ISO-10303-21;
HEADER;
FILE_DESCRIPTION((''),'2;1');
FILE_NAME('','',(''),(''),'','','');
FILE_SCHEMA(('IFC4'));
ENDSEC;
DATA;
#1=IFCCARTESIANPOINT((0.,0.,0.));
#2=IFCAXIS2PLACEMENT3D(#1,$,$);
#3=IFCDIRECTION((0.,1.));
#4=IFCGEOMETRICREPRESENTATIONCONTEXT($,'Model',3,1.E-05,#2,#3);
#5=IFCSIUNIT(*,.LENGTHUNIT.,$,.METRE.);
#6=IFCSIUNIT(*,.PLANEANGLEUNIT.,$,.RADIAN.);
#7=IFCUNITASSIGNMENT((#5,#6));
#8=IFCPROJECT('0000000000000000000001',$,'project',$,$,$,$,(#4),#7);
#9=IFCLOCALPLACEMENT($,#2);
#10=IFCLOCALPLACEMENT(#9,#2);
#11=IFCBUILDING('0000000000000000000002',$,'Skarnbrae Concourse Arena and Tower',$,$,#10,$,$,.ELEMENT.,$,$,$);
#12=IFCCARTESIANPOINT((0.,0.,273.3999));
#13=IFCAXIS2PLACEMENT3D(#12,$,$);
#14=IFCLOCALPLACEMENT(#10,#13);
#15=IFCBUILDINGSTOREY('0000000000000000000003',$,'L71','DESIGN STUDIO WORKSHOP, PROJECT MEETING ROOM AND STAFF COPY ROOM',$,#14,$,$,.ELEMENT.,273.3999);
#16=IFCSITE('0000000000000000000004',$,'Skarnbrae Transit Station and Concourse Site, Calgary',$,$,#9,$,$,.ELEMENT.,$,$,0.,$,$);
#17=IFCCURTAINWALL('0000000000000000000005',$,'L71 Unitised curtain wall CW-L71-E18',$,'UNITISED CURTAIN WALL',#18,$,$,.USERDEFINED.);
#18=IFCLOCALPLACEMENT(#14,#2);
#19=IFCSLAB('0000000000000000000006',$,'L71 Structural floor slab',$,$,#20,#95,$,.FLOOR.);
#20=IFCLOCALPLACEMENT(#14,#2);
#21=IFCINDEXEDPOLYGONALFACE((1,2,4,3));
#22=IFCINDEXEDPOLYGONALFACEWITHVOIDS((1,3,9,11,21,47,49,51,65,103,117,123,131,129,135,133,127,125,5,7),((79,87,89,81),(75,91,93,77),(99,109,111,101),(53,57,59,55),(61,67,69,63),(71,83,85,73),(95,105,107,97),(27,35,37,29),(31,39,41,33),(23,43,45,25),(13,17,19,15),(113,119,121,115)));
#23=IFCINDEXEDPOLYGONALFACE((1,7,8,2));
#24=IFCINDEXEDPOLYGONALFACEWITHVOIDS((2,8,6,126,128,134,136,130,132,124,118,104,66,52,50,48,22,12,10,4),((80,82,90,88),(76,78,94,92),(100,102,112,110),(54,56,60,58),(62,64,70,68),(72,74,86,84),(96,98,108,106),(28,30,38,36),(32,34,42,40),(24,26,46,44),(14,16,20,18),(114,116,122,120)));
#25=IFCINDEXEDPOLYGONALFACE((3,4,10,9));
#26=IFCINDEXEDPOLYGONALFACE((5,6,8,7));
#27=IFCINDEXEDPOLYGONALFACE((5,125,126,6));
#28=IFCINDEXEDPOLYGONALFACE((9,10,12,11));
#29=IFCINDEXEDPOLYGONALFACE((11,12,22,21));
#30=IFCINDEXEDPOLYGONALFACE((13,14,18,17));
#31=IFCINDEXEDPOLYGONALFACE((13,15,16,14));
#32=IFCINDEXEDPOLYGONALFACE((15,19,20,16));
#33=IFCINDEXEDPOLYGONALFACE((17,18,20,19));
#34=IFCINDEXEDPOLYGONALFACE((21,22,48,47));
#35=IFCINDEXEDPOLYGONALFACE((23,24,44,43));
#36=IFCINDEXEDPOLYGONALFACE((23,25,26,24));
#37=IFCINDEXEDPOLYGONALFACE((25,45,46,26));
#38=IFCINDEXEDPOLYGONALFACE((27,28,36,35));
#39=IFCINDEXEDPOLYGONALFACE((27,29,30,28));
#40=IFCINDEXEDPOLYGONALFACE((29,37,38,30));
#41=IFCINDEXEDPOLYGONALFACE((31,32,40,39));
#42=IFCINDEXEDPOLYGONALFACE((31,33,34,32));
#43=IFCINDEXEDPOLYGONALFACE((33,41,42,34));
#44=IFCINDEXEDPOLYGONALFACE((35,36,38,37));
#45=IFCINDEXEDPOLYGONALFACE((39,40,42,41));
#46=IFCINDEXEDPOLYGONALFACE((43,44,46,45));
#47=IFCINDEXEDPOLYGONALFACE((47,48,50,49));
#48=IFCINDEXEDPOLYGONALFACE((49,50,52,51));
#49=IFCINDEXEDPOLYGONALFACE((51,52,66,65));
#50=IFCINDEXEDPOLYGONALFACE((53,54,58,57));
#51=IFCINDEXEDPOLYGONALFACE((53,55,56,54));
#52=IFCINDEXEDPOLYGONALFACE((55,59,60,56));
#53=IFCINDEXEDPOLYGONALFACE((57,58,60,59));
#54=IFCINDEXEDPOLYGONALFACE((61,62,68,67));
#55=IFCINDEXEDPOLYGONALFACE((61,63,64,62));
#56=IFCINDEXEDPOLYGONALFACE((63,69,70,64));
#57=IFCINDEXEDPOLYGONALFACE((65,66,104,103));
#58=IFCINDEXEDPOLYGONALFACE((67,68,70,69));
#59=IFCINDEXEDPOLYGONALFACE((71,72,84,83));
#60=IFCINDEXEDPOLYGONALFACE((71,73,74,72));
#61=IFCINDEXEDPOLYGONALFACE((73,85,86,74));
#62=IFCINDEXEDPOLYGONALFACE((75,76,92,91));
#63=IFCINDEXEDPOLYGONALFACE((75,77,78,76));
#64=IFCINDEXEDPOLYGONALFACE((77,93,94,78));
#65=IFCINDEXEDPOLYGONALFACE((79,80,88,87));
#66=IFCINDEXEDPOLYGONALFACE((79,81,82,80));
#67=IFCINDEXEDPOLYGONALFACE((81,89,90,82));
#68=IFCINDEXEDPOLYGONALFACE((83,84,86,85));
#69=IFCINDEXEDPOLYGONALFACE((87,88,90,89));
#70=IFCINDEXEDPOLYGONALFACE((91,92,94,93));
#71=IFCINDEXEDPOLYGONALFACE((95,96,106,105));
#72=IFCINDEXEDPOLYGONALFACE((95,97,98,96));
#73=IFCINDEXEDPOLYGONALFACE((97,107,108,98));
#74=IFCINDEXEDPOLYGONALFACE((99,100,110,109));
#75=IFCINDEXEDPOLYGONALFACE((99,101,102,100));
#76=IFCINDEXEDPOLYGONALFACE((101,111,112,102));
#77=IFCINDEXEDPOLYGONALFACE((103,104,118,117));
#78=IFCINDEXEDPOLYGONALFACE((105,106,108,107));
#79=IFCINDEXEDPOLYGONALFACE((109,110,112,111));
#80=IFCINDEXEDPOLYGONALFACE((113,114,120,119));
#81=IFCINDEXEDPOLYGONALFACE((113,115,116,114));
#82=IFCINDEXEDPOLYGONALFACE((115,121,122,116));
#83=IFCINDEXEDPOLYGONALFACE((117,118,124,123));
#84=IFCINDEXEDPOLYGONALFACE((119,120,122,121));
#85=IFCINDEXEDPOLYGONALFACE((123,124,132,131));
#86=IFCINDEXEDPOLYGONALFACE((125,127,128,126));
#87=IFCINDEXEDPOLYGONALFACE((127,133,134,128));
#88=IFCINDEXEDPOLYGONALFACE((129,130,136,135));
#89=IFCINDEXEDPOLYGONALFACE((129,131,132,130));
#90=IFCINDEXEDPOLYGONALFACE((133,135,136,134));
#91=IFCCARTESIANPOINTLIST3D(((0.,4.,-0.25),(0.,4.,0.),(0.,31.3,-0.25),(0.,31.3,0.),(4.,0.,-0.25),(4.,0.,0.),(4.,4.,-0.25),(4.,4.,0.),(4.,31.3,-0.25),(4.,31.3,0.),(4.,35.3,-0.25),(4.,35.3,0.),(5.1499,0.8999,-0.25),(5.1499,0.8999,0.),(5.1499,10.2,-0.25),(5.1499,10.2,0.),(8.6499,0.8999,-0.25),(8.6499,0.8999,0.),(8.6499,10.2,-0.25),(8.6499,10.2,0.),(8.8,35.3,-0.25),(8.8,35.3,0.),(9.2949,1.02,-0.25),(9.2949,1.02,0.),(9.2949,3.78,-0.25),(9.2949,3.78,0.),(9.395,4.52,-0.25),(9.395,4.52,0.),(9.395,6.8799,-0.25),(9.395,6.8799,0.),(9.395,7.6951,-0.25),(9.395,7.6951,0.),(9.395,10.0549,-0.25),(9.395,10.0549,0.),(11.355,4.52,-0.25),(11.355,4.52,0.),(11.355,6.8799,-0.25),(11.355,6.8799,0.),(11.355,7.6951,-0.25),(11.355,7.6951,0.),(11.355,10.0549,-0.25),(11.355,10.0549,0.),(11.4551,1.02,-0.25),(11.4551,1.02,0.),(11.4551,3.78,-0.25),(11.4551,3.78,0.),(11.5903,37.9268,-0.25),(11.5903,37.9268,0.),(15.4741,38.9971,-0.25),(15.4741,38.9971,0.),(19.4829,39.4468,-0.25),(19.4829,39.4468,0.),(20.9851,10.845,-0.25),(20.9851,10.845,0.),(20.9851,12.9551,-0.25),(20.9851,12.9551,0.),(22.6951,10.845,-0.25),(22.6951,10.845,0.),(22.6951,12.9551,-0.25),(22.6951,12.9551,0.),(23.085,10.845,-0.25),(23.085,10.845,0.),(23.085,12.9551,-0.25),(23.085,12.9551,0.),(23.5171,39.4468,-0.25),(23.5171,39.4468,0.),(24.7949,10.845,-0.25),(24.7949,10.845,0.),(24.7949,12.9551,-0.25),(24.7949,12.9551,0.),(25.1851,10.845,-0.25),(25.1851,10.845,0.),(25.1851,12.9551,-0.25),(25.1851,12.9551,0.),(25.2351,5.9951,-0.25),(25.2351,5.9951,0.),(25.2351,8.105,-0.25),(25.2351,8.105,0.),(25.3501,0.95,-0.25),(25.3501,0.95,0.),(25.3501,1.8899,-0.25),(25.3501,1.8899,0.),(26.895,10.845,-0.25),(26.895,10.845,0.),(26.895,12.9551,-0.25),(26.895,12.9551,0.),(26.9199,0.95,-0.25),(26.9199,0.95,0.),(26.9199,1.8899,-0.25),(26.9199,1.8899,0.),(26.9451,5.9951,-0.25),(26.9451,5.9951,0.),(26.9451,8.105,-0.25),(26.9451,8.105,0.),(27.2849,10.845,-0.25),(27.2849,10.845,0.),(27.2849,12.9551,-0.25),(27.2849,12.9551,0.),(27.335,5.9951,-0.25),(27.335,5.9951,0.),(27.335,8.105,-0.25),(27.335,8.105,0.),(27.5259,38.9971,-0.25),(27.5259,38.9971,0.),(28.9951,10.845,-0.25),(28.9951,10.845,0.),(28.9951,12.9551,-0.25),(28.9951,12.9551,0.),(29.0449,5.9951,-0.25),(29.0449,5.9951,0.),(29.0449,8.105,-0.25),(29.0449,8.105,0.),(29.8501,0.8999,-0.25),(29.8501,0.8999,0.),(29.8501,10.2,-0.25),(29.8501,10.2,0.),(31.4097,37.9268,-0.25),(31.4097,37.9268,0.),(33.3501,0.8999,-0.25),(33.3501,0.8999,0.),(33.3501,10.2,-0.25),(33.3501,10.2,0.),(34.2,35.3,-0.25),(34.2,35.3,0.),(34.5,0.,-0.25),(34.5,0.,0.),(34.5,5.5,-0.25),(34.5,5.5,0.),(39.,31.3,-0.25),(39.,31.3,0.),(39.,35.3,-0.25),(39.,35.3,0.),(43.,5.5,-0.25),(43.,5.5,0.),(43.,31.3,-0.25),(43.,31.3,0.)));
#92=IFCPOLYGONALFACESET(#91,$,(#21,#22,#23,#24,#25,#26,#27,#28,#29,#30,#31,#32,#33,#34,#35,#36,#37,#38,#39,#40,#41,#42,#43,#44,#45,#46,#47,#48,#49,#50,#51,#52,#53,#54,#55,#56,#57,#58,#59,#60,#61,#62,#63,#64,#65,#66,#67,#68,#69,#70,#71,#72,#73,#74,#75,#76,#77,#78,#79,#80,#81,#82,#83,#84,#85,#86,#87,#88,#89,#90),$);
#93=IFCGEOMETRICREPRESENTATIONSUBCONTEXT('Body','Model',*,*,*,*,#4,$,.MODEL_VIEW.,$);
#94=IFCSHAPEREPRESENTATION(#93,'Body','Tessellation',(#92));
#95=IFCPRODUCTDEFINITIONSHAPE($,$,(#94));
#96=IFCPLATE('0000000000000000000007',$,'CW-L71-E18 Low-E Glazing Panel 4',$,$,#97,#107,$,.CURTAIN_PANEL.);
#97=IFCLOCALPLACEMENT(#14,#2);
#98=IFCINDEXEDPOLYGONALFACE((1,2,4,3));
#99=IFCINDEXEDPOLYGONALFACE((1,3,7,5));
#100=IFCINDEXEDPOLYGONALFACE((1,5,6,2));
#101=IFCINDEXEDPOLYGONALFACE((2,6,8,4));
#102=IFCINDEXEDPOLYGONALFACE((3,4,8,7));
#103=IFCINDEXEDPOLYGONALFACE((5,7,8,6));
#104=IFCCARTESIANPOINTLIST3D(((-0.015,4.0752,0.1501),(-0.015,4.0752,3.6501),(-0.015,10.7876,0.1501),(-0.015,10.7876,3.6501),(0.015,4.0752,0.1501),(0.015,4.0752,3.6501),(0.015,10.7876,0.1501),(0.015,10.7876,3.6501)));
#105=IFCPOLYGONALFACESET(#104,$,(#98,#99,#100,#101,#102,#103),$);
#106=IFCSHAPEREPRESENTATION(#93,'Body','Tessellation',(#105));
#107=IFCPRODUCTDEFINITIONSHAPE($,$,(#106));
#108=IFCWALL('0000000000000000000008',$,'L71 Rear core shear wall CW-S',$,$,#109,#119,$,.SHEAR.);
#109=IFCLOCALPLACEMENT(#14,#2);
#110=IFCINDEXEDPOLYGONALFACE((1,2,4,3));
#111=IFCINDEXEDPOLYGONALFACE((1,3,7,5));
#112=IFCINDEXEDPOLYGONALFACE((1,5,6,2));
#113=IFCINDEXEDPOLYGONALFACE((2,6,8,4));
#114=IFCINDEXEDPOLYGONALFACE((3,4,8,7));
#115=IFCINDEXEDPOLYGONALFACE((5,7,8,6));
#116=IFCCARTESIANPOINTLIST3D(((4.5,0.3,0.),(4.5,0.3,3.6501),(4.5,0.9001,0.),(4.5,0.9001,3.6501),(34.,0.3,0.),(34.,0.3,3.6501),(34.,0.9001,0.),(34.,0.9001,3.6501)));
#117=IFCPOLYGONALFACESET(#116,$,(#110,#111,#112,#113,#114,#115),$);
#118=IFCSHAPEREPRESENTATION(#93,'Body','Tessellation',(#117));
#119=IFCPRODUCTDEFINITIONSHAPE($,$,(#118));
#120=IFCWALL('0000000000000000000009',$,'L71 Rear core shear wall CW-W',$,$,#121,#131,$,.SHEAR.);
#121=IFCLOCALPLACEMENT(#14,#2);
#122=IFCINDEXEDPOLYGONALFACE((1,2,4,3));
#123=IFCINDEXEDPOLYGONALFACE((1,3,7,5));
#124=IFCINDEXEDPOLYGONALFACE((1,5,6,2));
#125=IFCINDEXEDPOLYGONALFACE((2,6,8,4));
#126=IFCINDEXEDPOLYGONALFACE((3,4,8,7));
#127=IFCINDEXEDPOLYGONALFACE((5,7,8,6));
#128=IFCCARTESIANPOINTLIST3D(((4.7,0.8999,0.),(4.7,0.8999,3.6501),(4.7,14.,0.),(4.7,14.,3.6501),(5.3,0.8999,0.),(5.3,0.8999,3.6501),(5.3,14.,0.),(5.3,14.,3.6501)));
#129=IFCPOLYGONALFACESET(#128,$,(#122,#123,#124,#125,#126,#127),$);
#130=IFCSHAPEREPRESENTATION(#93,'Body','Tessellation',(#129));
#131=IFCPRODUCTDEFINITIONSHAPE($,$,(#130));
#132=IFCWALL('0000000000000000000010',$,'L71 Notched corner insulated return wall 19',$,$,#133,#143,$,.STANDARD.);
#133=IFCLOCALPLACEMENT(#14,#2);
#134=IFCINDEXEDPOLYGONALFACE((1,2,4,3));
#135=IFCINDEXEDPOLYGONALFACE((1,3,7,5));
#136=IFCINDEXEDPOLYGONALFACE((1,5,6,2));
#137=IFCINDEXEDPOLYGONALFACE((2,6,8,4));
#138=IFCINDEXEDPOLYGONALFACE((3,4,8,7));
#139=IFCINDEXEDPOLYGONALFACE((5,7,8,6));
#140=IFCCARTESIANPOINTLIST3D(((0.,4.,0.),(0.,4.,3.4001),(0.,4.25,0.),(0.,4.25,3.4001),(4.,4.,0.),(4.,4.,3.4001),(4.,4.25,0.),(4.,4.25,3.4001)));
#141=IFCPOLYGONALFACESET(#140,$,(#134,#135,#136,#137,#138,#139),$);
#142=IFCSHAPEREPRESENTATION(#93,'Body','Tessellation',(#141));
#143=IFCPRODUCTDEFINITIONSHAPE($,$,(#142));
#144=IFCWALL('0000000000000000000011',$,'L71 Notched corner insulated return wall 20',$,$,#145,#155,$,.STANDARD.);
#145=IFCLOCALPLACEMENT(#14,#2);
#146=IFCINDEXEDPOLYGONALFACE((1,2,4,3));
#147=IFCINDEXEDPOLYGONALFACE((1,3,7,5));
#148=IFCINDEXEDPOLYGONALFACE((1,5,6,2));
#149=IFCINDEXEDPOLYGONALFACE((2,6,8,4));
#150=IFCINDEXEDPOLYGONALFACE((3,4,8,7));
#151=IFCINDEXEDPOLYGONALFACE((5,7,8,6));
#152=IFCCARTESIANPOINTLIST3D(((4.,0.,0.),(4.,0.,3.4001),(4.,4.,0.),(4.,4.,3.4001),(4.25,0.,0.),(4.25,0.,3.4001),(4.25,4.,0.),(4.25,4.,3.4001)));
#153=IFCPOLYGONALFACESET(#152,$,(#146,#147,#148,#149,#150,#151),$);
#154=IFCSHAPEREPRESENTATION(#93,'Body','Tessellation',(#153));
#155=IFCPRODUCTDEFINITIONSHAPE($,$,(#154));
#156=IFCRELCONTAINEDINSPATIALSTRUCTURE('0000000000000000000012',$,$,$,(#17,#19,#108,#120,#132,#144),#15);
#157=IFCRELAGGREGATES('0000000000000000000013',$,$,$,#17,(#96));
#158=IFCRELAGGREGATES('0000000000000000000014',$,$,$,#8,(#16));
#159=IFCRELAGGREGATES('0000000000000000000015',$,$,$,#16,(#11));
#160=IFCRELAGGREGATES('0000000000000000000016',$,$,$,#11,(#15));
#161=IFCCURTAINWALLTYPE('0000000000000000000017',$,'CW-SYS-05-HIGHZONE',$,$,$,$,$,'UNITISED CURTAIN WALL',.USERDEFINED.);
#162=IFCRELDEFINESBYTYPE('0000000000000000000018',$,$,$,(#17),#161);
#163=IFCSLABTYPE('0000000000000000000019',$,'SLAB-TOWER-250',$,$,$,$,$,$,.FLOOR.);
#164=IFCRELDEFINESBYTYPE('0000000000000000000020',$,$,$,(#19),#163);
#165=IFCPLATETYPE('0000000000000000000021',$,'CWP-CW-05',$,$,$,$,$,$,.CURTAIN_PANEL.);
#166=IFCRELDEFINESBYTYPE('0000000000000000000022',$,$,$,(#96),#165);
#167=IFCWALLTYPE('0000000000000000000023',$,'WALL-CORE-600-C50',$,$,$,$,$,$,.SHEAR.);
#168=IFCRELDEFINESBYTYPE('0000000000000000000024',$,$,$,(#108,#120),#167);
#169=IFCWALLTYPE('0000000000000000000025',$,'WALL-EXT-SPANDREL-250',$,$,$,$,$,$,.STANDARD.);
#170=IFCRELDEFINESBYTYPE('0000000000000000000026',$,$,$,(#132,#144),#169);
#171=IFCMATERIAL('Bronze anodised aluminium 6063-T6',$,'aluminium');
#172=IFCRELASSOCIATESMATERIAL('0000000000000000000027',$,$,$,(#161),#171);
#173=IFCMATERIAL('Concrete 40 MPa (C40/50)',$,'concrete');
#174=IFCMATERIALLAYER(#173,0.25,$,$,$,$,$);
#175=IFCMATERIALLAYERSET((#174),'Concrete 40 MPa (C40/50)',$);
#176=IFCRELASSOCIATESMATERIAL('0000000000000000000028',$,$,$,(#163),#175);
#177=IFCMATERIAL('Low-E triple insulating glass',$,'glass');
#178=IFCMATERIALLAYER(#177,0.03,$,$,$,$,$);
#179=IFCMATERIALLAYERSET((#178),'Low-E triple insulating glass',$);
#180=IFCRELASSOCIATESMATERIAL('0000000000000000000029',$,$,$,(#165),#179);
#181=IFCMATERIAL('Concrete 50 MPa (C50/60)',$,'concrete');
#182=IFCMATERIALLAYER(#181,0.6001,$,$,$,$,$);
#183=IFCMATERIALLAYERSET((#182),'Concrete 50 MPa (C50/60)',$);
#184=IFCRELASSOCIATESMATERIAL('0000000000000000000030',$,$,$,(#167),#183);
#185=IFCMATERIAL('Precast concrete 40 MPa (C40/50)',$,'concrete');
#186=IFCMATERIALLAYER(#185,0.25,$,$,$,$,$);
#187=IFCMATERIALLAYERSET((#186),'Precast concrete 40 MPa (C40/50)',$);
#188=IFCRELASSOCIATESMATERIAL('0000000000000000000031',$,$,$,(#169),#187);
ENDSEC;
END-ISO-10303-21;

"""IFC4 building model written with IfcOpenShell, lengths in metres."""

from ifc_helpers import new_model, si_unit, direction, frame, frame_2d, origin, origin_2d, place, context, subcontext, project, spatial, polyline, rectangle, outline, extrude, source, transform, mapped, material, layer, layer_set, type_object, element, aggregate, save


model = new_model("IFC4")

# Units and contexts
model_context = context("Model", 3, precision=1e-05, world=origin(), true_north=direction((0.0, 1.0)))
body_context = subcontext(model_context, "Body", "Model", "MODEL_VIEW")
ifc_project = project(units=[si_unit("LENGTHUNIT", "METRE"), si_unit("PLANEANGLEUNIT", "RADIAN")], contexts=[model_context])

# Site, building, storey
site_placement = place(None, origin())
site = spatial("IfcSite", under=ifc_project, at=site_placement, Name="Skarnbrae Transit Station and Concourse Site, Calgary", CompositionType="ELEMENT", RefElevation=0.0)
building_placement = place(site_placement, origin())
building = spatial("IfcBuilding", under=site, at=building_placement, Name="Skarnbrae Concourse Arena and Tower", CompositionType="ELEMENT")
storey_placement = place(building_placement, frame((0.0, 0.0, 273.3999)))
storey = spatial("IfcBuildingStorey", under=building, at=storey_placement, Name="L71", Description="DESIGN STUDIO WORKSHOP, PROJECT MEETING ROOM AND STAFF COPY ROOM", CompositionType="ELEMENT", Elevation=273.3999)

# Curtain wall
ifc_material_1 = material(Name="Bronze anodised aluminium 6063-T6", Category="aluminium")
curtain_wall_type = type_object("IfcCurtainWallType", Name="CW-SYS-05-HIGHZONE", ElementType="UNITISED CURTAIN WALL", PredefinedType="USERDEFINED", material=ifc_material_1)
curtain_wall_placement = place(storey_placement, origin())
curtain_wall = element("IfcCurtainWall", 1, at=curtain_wall_placement, inside=storey, type_object=curtain_wall_type, Name="L71 Unitised curtain wall CW-L71-E18", ObjectType="UNITISED CURTAIN WALL", PredefinedType="USERDEFINED")

# Shared definitions
ifc_material_2 = material(Name="Concrete 40 MPa (C40/50)", Category="concrete")

# Slab
ifc_layer_1 = layer(ifc_material_2, 0.25)
ifc_layer_set_1 = layer_set([ifc_layer_1], Name="Concrete 40 MPa (C40/50)")
slab_type_1 = type_object("IfcSlabType", Name="SLAB-TOWER-250", PredefinedType="FLOOR", material=ifc_layer_set_1)
slab_1_placement = place(storey_placement, frame((0.0, 0.0, -0.25)))
element("IfcSlab", 2, at=slab_1_placement, inside=storey, type_object=slab_type_1, Name="L71 Structural floor slab", PredefinedType="FLOOR", context=body_context, shape_type="SweptSolid", body=[
    extrude(outline(polyline([(4.0, 0.0), (34.5, 0.0), (34.5, 5.5), (43.0, 5.5), (43.0, 31.3), (39.0, 31.3), (39.0, 35.3), (34.2, 35.3), (31.4097, 37.9268), (27.5259, 38.9971), (23.5171, 39.4468), (19.4829, 39.4468), (15.4741, 38.9971), (11.5903, 37.9268), (8.8, 35.3), (4.0, 35.3), (4.0, 31.3), (0.0, 31.3), (0.0, 4.0), (4.0, 4.0), (4.0, 0.0)]), holes=[polyline([(9.2949, 1.02), (9.2949, 3.78), (11.4551, 3.78), (11.4551, 1.02), (9.2949, 1.02)]), polyline([(8.6499, 10.2), (8.6499, 0.8999), (5.1499, 0.8999), (5.1499, 10.2), (8.6499, 10.2)]), polyline([(9.395, 6.8799), (11.355, 6.8799), (11.355, 4.52), (9.395, 4.52), (9.395, 6.8799)]), polyline([(9.395, 7.6951), (9.395, 10.0549), (11.355, 10.0549), (11.355, 7.6951), (9.395, 7.6951)]), polyline([(20.9851, 12.9551), (22.6951, 12.9551), (22.6951, 10.845), (20.9851, 10.845), (20.9851, 12.9551)]), polyline([(23.085, 12.9551), (24.7949, 12.9551), (24.7949, 10.845), (23.085, 10.845), (23.085, 12.9551)]), polyline([(25.3501, 0.95), (25.3501, 1.8899), (26.9199, 1.8899), (26.9199, 0.95), (25.3501, 0.95)]), polyline([(33.3501, 10.2), (33.3501, 0.8999), (29.8501, 0.8999), (29.8501, 10.2), (33.3501, 10.2)]), polyline([(25.2351, 8.105), (26.9451, 8.105), (26.9451, 5.9951), (25.2351, 5.9951), (25.2351, 8.105)]), polyline([(27.335, 5.9951), (27.335, 8.105), (29.0449, 8.105), (29.0449, 5.9951), (27.335, 5.9951)]), polyline([(25.1851, 12.9551), (26.895, 12.9551), (26.895, 10.845), (25.1851, 10.845), (25.1851, 12.9551)]), polyline([(27.2849, 12.9551), (28.9951, 12.9551), (28.9951, 10.845), (27.2849, 10.845), (27.2849, 12.9551)])]), origin(), (0.0, 0.0, 1.0), 0.25),
])

# Plate
ifc_material_3 = material(Name="Low-E triple insulating glass", Category="glass")
ifc_layer_2 = layer(ifc_material_3, 0.03)
ifc_layer_set_2 = layer_set([ifc_layer_2], Name="Low-E triple insulating glass")
plate_type = type_object("IfcPlateType", Name="CWP-CW-05", PredefinedType="CURTAIN_PANEL", material=ifc_layer_set_2)
shared_shape_1 = source(origin(), body_context, "Body", "SweptSolid", [
    extrude(rectangle(XDim=6.7124, YDim=0.03, at=origin_2d()), origin(), (0.0, 0.0, 1.0), 3.5),
])
plate_placement = place(storey_placement, frame((0.0, 7.4314, 0.1501), z_axis=(0.0, 0.0, 1.0), x_axis=(0.0, -1.0, 0.0)))
plate = element("IfcPlate", 3, at=plate_placement, type_object=plate_type, Name="CW-L71-E18 Low-E Glazing Panel 4", PredefinedType="CURTAIN_PANEL", context=body_context, shape_type="MappedRepresentation", body=[
    mapped(shared_shape_1, transform((0.0, 0.0, 0.0))),
])
aggregate(curtain_wall, [plate])

# Shared definitions
ifc_material_4 = material(Name="Concrete 50 MPa (C50/60)", Category="concrete")

# Walls
ifc_layer_3 = layer(ifc_material_4, 0.6001)
ifc_layer_set_3 = layer_set([ifc_layer_3], Name="Concrete 50 MPa (C50/60)")
wall_type_1 = type_object("IfcWallType", Name="WALL-CORE-600-C50", PredefinedType="SHEAR", material=ifc_layer_set_3)
shared_shape_2 = source(origin(), body_context, "Body", "SweptSolid", [
    extrude(rectangle(XDim=29.5, YDim=0.6001, at=frame_2d((14.75, 0.0))), origin(), (0.0, 0.0, 1.0), 3.6501),
])
wall_1_placement = place(storey_placement, frame((4.5, 0.6001, 0.0), z_axis=(0.0, 0.0, 1.0), x_axis=(1.0, 0.0, 0.0)))
element("IfcWall", 4, at=wall_1_placement, inside=storey, type_object=wall_type_1, Name="L71 Rear core shear wall CW-S", PredefinedType="SHEAR", context=body_context, shape_type="MappedRepresentation", body=[
    mapped(shared_shape_2, transform((0.0, 0.0, 0.0))),
])
shared_shape_3 = source(origin(), body_context, "Body", "SweptSolid", [
    extrude(rectangle(XDim=13.1001, YDim=0.6001, at=frame_2d((6.55, 0.0))), origin(), (0.0, 0.0, 1.0), 3.6501),
])
wall_2_placement = place(storey_placement, frame((5.0, 0.8999, 0.0), z_axis=(0.0, 0.0, 1.0), x_axis=(0.0, 1.0, 0.0)))
element("IfcWall", 5, at=wall_2_placement, inside=storey, type_object=wall_type_1, Name="L71 Rear core shear wall CW-W", PredefinedType="SHEAR", context=body_context, shape_type="MappedRepresentation", body=[
    mapped(shared_shape_3, transform((0.0, 0.0, 0.0))),
])
ifc_material_5 = material(Name="Precast concrete 40 MPa (C40/50)", Category="concrete")
ifc_layer_4 = layer(ifc_material_5, 0.25)
ifc_layer_set_4 = layer_set([ifc_layer_4], Name="Precast concrete 40 MPa (C40/50)")
wall_type_2 = type_object("IfcWallType", Name="WALL-EXT-SPANDREL-250", PredefinedType="STANDARD", material=ifc_layer_set_4)
shared_shape_4 = source(origin(), body_context, "Body", "SweptSolid", [
    extrude(rectangle(XDim=4.0, YDim=0.25, at=frame_2d((2.0, 0.0))), origin(), (0.0, 0.0, 1.0), 3.4001),
])
for number, where, z_axis, x_axis, name in (
    (6, (0.0, 4.125, 0.0), (0.0, 0.0, 1.0), (1.0, 0.0, 0.0), "L71 Notched corner insulated return wall 19"),
    (7, (4.125, 4.0, 0.0), (0.0, 0.0, 1.0), (0.0, -1.0, 0.0), "L71 Notched corner insulated return wall 20"),
):
    element("IfcWall", number, at=place(storey_placement, frame(where, z_axis=z_axis, x_axis=x_axis)), inside=storey, type_object=wall_type_2, Name=name, PredefinedType="STANDARD", context=body_context, shape_type="MappedRepresentation", body=[
        mapped(shared_shape_4, transform((0.0, 0.0, 0.0))),
    ])

save(model, "model.ifc")
